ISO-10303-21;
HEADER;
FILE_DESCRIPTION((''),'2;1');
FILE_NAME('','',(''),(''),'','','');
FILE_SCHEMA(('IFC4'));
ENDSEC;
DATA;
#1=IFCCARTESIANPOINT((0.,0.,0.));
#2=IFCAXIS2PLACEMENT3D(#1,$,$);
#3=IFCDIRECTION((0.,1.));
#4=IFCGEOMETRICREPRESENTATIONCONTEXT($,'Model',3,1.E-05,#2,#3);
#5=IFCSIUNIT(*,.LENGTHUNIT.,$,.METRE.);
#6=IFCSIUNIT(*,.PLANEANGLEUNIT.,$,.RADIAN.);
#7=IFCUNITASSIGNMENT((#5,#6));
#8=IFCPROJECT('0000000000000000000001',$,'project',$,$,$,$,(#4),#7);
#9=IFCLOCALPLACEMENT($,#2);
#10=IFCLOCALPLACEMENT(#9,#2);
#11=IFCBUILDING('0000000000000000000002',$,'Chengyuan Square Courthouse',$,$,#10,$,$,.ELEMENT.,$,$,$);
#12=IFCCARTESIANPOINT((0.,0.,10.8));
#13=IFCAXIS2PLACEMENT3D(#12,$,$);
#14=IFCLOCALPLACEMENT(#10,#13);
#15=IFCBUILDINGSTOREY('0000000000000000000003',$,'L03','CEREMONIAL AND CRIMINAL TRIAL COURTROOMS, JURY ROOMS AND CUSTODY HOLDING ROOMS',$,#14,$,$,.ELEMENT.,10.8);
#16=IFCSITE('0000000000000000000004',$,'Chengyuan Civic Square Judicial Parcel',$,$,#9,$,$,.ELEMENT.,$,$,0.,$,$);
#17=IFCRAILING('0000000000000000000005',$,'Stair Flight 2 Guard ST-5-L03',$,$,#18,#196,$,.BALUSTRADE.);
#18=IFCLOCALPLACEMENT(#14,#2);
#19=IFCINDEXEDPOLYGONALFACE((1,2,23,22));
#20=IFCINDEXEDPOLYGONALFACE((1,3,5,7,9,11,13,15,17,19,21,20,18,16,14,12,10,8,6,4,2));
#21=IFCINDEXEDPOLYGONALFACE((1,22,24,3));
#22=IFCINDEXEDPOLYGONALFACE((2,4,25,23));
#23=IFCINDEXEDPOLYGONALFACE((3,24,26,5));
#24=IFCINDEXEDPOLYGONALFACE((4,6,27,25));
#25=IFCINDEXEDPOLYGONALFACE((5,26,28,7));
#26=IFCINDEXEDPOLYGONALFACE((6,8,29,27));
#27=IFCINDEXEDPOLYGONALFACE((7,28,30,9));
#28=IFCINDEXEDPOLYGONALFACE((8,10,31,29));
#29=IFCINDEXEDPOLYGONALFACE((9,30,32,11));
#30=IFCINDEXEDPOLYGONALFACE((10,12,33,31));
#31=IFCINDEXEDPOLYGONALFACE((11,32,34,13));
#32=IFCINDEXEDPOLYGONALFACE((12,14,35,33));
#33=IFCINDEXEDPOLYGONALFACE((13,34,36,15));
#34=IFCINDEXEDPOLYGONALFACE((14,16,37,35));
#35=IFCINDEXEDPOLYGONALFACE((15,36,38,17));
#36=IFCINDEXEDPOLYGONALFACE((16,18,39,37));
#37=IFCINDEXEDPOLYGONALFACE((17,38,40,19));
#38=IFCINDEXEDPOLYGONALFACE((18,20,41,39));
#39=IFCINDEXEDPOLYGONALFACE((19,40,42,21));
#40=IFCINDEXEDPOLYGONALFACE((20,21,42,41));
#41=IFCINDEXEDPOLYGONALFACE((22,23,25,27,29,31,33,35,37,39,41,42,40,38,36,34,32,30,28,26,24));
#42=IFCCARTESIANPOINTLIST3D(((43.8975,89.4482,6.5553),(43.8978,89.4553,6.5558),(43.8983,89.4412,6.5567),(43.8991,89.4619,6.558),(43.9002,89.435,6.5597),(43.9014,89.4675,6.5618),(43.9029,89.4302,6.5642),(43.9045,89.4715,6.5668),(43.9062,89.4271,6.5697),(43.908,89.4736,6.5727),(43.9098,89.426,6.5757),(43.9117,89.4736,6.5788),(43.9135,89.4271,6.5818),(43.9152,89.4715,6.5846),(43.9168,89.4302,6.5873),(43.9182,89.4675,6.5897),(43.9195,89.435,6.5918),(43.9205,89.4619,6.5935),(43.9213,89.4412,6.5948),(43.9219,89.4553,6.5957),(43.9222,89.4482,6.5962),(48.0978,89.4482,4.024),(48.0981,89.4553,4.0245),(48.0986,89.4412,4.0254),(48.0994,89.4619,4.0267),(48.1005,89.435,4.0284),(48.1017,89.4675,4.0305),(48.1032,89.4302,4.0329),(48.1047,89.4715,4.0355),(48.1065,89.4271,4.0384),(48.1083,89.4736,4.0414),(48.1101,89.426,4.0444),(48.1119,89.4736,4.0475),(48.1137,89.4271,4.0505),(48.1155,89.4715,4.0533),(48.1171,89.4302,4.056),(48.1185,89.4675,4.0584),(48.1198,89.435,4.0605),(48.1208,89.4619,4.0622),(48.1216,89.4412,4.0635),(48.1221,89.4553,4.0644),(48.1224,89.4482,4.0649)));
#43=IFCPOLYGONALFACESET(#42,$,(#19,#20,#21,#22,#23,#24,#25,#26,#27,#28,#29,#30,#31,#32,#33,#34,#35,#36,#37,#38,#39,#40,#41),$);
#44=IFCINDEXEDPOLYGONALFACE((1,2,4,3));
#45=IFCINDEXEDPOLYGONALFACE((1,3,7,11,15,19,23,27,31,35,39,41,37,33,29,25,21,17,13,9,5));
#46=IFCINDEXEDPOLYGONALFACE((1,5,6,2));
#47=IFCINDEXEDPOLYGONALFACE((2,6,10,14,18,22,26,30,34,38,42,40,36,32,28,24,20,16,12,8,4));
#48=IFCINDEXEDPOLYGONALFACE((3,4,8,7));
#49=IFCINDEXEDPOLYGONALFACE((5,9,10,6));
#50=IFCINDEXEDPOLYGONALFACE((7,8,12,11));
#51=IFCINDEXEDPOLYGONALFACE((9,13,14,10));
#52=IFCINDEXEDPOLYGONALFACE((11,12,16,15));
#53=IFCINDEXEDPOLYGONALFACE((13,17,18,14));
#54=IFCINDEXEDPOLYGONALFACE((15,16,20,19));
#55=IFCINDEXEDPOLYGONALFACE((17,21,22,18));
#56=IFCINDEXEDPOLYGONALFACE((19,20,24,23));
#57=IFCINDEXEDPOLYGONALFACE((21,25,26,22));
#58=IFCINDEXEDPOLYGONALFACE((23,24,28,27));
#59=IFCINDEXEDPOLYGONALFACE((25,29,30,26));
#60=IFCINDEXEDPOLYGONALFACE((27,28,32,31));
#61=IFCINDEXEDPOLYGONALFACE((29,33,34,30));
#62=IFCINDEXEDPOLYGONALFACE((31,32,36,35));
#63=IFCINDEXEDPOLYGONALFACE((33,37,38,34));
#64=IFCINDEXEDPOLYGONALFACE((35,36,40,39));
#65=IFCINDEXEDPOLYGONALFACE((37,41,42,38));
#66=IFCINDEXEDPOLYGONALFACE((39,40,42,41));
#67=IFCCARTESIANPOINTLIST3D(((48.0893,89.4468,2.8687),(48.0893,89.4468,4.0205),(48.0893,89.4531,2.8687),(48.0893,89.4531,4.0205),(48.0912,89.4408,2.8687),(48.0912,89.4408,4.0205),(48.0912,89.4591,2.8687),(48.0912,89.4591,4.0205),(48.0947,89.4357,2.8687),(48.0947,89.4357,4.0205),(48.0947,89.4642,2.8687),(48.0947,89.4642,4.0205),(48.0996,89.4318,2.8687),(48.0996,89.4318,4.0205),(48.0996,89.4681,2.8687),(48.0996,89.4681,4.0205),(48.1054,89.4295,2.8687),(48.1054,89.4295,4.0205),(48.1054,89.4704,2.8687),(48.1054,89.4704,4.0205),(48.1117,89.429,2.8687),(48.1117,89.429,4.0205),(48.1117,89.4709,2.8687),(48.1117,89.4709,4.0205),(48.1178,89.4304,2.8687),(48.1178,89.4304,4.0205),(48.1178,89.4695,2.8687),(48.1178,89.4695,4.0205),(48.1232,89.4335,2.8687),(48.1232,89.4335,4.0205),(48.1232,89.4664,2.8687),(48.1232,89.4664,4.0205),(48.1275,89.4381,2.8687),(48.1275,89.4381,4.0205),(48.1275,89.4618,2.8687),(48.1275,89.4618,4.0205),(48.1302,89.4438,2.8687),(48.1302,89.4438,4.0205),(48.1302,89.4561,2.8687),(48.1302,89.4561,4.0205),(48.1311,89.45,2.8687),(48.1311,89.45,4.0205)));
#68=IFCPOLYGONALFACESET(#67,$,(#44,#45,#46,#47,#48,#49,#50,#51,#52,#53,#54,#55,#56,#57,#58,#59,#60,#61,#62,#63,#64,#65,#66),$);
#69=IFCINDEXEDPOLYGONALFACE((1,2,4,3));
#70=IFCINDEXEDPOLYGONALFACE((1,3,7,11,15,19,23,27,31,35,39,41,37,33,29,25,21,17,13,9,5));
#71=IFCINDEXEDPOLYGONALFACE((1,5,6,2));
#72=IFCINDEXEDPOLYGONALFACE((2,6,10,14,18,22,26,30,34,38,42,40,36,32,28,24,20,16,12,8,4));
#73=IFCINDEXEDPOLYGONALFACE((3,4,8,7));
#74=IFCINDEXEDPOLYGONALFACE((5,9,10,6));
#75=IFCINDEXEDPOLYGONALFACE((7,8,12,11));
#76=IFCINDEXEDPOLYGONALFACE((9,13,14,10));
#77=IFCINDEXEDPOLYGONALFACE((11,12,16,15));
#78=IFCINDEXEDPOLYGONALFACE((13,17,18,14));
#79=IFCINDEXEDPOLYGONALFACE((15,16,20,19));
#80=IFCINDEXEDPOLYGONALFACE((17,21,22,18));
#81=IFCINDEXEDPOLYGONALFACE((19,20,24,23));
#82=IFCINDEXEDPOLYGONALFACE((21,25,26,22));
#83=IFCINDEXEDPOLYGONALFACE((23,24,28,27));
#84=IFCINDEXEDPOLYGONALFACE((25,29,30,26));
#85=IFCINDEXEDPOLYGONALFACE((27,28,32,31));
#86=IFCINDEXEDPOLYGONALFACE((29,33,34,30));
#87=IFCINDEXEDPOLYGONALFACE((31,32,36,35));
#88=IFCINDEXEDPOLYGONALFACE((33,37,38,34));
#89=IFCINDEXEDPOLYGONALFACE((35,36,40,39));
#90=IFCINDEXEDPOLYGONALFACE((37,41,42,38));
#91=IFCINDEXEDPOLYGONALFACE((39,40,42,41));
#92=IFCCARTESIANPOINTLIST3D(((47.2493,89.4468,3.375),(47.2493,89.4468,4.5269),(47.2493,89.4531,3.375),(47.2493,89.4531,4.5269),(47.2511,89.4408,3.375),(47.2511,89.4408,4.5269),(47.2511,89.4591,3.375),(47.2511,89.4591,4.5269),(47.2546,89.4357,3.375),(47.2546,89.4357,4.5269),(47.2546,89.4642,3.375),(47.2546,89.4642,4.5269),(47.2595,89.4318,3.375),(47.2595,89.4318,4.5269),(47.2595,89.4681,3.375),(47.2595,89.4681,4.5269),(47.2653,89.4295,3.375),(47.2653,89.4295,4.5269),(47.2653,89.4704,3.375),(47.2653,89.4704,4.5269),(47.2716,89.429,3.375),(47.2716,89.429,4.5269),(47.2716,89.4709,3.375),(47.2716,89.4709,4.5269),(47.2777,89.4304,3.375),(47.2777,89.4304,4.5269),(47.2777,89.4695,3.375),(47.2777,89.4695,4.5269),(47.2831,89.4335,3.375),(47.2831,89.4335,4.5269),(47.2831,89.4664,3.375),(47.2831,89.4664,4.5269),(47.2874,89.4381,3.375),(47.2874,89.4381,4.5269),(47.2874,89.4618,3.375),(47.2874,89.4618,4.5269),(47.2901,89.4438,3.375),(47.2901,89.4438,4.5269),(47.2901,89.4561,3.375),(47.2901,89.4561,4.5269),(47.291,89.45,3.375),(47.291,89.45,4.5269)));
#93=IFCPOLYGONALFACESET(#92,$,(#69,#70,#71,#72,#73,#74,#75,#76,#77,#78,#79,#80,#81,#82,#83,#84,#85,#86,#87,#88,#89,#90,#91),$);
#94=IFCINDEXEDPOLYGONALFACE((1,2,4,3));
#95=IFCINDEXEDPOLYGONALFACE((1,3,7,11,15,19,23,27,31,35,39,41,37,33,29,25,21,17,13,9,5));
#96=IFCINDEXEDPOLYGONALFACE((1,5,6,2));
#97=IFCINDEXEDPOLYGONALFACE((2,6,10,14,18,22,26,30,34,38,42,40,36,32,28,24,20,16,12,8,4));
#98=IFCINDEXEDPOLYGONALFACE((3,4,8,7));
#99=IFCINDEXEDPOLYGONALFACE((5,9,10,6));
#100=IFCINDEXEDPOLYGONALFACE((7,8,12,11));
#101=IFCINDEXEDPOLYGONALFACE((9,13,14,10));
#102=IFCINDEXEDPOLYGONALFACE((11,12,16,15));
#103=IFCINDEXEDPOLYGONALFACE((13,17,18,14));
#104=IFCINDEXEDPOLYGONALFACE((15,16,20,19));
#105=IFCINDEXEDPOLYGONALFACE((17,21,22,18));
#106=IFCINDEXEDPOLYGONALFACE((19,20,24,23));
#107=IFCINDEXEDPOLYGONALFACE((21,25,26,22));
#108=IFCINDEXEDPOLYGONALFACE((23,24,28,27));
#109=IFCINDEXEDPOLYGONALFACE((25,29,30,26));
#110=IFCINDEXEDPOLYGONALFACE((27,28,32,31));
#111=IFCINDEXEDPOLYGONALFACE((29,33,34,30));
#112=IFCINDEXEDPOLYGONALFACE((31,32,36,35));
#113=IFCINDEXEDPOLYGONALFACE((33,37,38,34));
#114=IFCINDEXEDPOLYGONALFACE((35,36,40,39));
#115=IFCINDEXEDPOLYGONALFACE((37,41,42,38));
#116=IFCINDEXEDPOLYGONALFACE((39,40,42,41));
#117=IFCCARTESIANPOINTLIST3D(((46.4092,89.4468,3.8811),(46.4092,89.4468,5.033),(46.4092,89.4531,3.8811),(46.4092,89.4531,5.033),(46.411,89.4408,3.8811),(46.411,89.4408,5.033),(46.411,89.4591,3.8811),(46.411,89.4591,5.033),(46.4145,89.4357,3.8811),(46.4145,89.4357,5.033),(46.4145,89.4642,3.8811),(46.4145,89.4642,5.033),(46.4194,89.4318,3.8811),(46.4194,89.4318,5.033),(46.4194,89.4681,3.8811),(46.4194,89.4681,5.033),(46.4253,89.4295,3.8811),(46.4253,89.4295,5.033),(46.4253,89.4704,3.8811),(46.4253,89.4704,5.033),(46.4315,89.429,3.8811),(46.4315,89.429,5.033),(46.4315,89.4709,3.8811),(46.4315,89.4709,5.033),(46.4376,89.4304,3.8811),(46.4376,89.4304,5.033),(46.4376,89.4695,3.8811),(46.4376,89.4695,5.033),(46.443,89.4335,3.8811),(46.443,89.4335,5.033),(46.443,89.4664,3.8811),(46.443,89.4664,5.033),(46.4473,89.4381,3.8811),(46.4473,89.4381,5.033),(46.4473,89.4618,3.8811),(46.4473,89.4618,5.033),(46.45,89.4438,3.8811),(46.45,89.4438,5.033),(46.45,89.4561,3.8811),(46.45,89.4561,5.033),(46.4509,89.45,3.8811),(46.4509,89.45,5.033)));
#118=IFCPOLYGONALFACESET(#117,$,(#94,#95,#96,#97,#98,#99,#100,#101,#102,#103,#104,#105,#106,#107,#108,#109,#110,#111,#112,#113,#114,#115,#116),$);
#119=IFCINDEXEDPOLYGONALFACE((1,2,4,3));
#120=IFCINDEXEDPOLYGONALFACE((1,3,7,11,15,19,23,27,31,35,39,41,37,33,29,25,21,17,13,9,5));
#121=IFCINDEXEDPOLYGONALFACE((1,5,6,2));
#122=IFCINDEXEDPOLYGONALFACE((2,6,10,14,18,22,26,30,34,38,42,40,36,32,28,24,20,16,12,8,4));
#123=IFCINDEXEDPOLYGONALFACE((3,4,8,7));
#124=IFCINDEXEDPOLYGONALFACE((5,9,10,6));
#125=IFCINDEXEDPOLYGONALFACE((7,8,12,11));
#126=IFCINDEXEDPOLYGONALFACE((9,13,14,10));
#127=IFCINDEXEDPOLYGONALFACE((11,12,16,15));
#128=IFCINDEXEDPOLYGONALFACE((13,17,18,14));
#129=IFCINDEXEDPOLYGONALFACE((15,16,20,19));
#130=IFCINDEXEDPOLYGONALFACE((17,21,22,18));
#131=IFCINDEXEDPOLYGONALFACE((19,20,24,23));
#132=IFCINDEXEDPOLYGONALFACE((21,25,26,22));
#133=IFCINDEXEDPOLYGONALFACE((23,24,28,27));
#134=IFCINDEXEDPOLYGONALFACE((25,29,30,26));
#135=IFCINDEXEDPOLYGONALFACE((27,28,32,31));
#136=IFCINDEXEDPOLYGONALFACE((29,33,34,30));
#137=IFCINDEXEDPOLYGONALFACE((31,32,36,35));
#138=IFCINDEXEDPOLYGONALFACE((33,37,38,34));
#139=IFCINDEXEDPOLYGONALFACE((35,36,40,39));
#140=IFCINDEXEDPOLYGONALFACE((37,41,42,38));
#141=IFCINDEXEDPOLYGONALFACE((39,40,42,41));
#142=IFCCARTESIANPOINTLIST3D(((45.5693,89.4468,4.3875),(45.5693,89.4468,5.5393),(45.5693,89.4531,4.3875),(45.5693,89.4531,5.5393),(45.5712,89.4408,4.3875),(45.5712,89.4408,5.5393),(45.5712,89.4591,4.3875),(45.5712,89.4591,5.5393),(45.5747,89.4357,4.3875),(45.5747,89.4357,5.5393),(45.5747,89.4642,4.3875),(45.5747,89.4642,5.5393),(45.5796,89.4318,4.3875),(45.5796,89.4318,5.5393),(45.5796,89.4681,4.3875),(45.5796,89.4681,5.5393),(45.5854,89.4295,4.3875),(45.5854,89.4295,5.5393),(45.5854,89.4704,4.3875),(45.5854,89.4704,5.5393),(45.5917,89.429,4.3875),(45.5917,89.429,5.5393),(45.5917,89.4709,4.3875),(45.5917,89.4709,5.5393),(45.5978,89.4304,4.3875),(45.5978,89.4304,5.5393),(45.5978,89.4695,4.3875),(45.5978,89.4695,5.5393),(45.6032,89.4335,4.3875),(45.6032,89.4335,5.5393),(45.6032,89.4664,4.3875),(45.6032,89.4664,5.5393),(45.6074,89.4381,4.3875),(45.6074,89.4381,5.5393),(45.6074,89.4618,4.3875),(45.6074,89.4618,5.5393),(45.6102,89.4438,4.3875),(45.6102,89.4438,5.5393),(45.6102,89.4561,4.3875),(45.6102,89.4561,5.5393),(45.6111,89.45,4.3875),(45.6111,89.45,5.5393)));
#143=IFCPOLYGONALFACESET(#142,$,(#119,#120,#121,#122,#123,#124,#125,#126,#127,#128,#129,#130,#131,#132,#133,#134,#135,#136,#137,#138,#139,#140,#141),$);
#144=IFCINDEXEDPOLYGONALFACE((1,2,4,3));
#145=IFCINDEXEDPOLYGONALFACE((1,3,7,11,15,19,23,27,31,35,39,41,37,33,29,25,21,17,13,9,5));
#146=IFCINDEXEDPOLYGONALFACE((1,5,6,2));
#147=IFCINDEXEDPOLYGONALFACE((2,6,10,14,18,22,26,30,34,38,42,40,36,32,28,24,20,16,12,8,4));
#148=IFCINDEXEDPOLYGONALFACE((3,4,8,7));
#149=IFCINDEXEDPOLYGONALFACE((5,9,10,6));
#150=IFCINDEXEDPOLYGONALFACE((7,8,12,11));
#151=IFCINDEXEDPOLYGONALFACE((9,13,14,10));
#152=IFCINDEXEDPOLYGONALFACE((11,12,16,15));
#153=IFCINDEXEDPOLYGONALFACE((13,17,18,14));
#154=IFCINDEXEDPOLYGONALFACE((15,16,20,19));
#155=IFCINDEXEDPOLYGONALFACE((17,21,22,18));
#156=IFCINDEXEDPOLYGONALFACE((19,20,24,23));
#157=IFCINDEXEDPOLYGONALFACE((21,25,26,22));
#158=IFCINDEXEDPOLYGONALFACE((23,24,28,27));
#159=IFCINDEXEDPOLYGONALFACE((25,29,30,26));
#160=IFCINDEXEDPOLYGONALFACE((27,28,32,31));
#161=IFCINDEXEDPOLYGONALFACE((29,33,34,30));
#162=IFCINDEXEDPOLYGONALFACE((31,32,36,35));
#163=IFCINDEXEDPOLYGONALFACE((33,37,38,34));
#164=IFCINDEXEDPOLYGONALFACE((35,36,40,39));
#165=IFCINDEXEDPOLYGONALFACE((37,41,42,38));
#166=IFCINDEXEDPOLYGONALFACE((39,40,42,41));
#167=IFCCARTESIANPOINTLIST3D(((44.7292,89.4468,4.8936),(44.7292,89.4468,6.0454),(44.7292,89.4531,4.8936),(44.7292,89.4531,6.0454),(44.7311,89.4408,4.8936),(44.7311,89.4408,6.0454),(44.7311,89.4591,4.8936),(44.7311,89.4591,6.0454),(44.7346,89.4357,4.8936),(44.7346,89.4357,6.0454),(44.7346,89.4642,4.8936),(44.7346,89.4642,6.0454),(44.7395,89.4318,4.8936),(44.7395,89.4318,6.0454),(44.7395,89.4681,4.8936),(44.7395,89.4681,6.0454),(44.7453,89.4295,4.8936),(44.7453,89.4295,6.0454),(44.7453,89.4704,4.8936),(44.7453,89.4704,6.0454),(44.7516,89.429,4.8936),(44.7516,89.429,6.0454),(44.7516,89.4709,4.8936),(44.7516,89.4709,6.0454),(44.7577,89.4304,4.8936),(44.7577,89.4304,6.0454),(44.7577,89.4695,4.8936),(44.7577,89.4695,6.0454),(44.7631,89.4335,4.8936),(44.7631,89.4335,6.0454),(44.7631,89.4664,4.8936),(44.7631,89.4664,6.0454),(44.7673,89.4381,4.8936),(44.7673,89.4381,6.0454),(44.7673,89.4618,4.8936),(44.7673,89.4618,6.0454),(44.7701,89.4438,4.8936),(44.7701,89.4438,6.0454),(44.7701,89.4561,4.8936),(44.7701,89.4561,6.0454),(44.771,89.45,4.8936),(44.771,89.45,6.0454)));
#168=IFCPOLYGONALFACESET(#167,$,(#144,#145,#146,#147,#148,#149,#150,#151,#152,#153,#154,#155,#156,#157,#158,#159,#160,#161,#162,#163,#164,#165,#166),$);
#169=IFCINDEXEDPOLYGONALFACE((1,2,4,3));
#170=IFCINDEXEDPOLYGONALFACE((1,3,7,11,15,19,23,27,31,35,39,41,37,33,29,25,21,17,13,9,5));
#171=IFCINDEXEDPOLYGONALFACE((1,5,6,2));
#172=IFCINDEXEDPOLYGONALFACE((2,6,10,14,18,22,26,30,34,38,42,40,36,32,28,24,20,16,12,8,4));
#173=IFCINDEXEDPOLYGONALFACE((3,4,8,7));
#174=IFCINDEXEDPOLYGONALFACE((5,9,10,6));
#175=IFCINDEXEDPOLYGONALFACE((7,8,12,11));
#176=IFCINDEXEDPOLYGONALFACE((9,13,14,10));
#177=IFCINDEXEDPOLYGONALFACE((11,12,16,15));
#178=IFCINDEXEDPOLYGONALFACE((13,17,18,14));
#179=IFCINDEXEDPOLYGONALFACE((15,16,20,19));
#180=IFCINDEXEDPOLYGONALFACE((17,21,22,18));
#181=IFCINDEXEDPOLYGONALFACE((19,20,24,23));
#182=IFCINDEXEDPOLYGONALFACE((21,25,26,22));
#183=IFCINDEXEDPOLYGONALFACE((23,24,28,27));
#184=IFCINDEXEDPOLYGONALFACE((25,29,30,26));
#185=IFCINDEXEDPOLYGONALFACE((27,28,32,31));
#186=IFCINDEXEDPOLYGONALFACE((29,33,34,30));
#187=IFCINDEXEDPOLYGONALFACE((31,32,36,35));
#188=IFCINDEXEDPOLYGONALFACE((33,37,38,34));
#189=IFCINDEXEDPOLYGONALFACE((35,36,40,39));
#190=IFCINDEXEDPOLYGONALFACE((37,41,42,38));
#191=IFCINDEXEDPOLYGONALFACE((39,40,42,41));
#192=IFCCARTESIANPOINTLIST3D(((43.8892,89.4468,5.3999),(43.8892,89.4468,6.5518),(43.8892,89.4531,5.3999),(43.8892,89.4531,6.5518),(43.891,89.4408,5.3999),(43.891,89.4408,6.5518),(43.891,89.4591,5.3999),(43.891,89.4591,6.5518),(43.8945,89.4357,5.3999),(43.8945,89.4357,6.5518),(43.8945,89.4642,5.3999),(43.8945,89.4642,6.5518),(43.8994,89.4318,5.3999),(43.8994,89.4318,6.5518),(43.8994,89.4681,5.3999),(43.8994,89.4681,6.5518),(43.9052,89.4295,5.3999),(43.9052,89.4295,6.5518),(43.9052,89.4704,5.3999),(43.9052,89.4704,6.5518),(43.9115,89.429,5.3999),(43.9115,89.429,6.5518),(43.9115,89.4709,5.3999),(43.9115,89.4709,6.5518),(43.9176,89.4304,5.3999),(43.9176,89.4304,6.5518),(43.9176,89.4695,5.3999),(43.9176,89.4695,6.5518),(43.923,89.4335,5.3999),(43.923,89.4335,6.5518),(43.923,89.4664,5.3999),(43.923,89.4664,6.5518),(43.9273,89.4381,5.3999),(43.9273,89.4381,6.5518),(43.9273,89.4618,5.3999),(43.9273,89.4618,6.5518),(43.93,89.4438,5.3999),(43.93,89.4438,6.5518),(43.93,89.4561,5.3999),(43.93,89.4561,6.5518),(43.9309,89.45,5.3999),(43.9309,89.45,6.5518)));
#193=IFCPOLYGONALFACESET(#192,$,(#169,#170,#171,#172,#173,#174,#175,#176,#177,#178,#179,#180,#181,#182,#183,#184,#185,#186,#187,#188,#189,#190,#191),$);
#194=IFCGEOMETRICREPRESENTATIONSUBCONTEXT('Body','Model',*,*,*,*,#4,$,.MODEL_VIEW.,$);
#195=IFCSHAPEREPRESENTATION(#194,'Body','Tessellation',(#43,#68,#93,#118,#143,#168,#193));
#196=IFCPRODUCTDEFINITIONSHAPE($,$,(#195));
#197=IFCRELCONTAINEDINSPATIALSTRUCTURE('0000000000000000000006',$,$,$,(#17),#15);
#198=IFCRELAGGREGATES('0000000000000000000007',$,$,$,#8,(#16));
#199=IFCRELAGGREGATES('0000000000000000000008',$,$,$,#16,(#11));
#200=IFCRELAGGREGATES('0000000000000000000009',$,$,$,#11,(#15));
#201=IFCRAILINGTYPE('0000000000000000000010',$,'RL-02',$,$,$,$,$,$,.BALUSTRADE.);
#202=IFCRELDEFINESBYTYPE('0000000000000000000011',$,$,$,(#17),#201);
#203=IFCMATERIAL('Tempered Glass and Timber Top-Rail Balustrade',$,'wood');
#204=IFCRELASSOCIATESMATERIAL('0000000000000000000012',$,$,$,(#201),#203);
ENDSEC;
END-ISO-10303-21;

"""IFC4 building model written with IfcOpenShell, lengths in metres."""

from ifc_helpers import new_model, si_unit, direction, frame, origin, origin_2d, place, context, subcontext, project, spatial, circle, extrude, material, type_object, element, save


model = new_model("IFC4")

# Units and contexts
model_context = context("Model", 3, precision=1e-05, world=origin(), true_north=direction((0.0, 1.0)))
body_context = subcontext(model_context, "Body", "Model", "MODEL_VIEW")
ifc_project = project(units=[si_unit("LENGTHUNIT", "METRE"), si_unit("PLANEANGLEUNIT", "RADIAN")], contexts=[model_context])

# Site, building, storey
site_placement = place(None, origin())
site = spatial("IfcSite", under=ifc_project, at=site_placement, Name="Chengyuan Civic Square Judicial Parcel", CompositionType="ELEMENT", RefElevation=0.0)
building_placement = place(site_placement, origin())
building = spatial("IfcBuilding", under=site, at=building_placement, Name="Chengyuan Square Courthouse", CompositionType="ELEMENT")
storey_placement = place(building_placement, frame((0.0, 0.0, 10.8)))
storey = spatial("IfcBuildingStorey", under=building, at=storey_placement, Name="L03", Description="CEREMONIAL AND CRIMINAL TRIAL COURTROOMS, JURY ROOMS AND CUSTODY HOLDING ROOMS", CompositionType="ELEMENT", Elevation=10.8)

# Railing
ifc_material_1 = material(Name="Tempered Glass and Timber Top-Rail Balustrade", Category="wood")
railing_type_1 = type_object("IfcRailingType", Name="RL-02", PredefinedType="BALUSTRADE", material=ifc_material_1)
railing_1_placement = place(storey_placement, frame((48.1101, 89.45, 2.8687)))
element("IfcRailing", 1, at=railing_1_placement, inside=storey, type_object=railing_type_1, Name="Stair Flight 2 Guard ST-5-L03", PredefinedType="BALUSTRADE", context=body_context, shape_type="SweptSolid", body=[
    extrude(circle(Radius=0.0239, at=origin_2d()), frame((0.0, 0.0, 1.1758), z_axis=(-0.85649, 0.0, 0.516164), x_axis=(0.0, -1.0, 0.0)), (0.0, 0.0, 1.0), 4.9041),
    extrude(circle(Radius=0.021, at=origin_2d()), origin(), (0.0, 0.0, 1.0), 1.1519),
    extrude(circle(Radius=0.021, at=origin_2d()), frame((-0.8401, 0.0, 0.5063)), (0.0, 0.0, 1.0), 1.1519),
    extrude(circle(Radius=0.021, at=origin_2d()), frame((-1.6802, 0.0, 1.0125)), (0.0, 0.0, 1.0), 1.1519),
    extrude(circle(Radius=0.021, at=origin_2d()), frame((-2.52, 0.0, 1.5188)), (0.0, 0.0, 1.0), 1.1519),
    extrude(circle(Radius=0.021, at=origin_2d()), frame((-3.3601, 0.0, 2.0249)), (0.0, 0.0, 1.0), 1.1519),
    extrude(circle(Radius=0.021, at=origin_2d()), frame((-4.2002, 0.0, 2.5312)), (0.0, 0.0, 1.0), 1.1519),
])

save(model, "model.ifc")
